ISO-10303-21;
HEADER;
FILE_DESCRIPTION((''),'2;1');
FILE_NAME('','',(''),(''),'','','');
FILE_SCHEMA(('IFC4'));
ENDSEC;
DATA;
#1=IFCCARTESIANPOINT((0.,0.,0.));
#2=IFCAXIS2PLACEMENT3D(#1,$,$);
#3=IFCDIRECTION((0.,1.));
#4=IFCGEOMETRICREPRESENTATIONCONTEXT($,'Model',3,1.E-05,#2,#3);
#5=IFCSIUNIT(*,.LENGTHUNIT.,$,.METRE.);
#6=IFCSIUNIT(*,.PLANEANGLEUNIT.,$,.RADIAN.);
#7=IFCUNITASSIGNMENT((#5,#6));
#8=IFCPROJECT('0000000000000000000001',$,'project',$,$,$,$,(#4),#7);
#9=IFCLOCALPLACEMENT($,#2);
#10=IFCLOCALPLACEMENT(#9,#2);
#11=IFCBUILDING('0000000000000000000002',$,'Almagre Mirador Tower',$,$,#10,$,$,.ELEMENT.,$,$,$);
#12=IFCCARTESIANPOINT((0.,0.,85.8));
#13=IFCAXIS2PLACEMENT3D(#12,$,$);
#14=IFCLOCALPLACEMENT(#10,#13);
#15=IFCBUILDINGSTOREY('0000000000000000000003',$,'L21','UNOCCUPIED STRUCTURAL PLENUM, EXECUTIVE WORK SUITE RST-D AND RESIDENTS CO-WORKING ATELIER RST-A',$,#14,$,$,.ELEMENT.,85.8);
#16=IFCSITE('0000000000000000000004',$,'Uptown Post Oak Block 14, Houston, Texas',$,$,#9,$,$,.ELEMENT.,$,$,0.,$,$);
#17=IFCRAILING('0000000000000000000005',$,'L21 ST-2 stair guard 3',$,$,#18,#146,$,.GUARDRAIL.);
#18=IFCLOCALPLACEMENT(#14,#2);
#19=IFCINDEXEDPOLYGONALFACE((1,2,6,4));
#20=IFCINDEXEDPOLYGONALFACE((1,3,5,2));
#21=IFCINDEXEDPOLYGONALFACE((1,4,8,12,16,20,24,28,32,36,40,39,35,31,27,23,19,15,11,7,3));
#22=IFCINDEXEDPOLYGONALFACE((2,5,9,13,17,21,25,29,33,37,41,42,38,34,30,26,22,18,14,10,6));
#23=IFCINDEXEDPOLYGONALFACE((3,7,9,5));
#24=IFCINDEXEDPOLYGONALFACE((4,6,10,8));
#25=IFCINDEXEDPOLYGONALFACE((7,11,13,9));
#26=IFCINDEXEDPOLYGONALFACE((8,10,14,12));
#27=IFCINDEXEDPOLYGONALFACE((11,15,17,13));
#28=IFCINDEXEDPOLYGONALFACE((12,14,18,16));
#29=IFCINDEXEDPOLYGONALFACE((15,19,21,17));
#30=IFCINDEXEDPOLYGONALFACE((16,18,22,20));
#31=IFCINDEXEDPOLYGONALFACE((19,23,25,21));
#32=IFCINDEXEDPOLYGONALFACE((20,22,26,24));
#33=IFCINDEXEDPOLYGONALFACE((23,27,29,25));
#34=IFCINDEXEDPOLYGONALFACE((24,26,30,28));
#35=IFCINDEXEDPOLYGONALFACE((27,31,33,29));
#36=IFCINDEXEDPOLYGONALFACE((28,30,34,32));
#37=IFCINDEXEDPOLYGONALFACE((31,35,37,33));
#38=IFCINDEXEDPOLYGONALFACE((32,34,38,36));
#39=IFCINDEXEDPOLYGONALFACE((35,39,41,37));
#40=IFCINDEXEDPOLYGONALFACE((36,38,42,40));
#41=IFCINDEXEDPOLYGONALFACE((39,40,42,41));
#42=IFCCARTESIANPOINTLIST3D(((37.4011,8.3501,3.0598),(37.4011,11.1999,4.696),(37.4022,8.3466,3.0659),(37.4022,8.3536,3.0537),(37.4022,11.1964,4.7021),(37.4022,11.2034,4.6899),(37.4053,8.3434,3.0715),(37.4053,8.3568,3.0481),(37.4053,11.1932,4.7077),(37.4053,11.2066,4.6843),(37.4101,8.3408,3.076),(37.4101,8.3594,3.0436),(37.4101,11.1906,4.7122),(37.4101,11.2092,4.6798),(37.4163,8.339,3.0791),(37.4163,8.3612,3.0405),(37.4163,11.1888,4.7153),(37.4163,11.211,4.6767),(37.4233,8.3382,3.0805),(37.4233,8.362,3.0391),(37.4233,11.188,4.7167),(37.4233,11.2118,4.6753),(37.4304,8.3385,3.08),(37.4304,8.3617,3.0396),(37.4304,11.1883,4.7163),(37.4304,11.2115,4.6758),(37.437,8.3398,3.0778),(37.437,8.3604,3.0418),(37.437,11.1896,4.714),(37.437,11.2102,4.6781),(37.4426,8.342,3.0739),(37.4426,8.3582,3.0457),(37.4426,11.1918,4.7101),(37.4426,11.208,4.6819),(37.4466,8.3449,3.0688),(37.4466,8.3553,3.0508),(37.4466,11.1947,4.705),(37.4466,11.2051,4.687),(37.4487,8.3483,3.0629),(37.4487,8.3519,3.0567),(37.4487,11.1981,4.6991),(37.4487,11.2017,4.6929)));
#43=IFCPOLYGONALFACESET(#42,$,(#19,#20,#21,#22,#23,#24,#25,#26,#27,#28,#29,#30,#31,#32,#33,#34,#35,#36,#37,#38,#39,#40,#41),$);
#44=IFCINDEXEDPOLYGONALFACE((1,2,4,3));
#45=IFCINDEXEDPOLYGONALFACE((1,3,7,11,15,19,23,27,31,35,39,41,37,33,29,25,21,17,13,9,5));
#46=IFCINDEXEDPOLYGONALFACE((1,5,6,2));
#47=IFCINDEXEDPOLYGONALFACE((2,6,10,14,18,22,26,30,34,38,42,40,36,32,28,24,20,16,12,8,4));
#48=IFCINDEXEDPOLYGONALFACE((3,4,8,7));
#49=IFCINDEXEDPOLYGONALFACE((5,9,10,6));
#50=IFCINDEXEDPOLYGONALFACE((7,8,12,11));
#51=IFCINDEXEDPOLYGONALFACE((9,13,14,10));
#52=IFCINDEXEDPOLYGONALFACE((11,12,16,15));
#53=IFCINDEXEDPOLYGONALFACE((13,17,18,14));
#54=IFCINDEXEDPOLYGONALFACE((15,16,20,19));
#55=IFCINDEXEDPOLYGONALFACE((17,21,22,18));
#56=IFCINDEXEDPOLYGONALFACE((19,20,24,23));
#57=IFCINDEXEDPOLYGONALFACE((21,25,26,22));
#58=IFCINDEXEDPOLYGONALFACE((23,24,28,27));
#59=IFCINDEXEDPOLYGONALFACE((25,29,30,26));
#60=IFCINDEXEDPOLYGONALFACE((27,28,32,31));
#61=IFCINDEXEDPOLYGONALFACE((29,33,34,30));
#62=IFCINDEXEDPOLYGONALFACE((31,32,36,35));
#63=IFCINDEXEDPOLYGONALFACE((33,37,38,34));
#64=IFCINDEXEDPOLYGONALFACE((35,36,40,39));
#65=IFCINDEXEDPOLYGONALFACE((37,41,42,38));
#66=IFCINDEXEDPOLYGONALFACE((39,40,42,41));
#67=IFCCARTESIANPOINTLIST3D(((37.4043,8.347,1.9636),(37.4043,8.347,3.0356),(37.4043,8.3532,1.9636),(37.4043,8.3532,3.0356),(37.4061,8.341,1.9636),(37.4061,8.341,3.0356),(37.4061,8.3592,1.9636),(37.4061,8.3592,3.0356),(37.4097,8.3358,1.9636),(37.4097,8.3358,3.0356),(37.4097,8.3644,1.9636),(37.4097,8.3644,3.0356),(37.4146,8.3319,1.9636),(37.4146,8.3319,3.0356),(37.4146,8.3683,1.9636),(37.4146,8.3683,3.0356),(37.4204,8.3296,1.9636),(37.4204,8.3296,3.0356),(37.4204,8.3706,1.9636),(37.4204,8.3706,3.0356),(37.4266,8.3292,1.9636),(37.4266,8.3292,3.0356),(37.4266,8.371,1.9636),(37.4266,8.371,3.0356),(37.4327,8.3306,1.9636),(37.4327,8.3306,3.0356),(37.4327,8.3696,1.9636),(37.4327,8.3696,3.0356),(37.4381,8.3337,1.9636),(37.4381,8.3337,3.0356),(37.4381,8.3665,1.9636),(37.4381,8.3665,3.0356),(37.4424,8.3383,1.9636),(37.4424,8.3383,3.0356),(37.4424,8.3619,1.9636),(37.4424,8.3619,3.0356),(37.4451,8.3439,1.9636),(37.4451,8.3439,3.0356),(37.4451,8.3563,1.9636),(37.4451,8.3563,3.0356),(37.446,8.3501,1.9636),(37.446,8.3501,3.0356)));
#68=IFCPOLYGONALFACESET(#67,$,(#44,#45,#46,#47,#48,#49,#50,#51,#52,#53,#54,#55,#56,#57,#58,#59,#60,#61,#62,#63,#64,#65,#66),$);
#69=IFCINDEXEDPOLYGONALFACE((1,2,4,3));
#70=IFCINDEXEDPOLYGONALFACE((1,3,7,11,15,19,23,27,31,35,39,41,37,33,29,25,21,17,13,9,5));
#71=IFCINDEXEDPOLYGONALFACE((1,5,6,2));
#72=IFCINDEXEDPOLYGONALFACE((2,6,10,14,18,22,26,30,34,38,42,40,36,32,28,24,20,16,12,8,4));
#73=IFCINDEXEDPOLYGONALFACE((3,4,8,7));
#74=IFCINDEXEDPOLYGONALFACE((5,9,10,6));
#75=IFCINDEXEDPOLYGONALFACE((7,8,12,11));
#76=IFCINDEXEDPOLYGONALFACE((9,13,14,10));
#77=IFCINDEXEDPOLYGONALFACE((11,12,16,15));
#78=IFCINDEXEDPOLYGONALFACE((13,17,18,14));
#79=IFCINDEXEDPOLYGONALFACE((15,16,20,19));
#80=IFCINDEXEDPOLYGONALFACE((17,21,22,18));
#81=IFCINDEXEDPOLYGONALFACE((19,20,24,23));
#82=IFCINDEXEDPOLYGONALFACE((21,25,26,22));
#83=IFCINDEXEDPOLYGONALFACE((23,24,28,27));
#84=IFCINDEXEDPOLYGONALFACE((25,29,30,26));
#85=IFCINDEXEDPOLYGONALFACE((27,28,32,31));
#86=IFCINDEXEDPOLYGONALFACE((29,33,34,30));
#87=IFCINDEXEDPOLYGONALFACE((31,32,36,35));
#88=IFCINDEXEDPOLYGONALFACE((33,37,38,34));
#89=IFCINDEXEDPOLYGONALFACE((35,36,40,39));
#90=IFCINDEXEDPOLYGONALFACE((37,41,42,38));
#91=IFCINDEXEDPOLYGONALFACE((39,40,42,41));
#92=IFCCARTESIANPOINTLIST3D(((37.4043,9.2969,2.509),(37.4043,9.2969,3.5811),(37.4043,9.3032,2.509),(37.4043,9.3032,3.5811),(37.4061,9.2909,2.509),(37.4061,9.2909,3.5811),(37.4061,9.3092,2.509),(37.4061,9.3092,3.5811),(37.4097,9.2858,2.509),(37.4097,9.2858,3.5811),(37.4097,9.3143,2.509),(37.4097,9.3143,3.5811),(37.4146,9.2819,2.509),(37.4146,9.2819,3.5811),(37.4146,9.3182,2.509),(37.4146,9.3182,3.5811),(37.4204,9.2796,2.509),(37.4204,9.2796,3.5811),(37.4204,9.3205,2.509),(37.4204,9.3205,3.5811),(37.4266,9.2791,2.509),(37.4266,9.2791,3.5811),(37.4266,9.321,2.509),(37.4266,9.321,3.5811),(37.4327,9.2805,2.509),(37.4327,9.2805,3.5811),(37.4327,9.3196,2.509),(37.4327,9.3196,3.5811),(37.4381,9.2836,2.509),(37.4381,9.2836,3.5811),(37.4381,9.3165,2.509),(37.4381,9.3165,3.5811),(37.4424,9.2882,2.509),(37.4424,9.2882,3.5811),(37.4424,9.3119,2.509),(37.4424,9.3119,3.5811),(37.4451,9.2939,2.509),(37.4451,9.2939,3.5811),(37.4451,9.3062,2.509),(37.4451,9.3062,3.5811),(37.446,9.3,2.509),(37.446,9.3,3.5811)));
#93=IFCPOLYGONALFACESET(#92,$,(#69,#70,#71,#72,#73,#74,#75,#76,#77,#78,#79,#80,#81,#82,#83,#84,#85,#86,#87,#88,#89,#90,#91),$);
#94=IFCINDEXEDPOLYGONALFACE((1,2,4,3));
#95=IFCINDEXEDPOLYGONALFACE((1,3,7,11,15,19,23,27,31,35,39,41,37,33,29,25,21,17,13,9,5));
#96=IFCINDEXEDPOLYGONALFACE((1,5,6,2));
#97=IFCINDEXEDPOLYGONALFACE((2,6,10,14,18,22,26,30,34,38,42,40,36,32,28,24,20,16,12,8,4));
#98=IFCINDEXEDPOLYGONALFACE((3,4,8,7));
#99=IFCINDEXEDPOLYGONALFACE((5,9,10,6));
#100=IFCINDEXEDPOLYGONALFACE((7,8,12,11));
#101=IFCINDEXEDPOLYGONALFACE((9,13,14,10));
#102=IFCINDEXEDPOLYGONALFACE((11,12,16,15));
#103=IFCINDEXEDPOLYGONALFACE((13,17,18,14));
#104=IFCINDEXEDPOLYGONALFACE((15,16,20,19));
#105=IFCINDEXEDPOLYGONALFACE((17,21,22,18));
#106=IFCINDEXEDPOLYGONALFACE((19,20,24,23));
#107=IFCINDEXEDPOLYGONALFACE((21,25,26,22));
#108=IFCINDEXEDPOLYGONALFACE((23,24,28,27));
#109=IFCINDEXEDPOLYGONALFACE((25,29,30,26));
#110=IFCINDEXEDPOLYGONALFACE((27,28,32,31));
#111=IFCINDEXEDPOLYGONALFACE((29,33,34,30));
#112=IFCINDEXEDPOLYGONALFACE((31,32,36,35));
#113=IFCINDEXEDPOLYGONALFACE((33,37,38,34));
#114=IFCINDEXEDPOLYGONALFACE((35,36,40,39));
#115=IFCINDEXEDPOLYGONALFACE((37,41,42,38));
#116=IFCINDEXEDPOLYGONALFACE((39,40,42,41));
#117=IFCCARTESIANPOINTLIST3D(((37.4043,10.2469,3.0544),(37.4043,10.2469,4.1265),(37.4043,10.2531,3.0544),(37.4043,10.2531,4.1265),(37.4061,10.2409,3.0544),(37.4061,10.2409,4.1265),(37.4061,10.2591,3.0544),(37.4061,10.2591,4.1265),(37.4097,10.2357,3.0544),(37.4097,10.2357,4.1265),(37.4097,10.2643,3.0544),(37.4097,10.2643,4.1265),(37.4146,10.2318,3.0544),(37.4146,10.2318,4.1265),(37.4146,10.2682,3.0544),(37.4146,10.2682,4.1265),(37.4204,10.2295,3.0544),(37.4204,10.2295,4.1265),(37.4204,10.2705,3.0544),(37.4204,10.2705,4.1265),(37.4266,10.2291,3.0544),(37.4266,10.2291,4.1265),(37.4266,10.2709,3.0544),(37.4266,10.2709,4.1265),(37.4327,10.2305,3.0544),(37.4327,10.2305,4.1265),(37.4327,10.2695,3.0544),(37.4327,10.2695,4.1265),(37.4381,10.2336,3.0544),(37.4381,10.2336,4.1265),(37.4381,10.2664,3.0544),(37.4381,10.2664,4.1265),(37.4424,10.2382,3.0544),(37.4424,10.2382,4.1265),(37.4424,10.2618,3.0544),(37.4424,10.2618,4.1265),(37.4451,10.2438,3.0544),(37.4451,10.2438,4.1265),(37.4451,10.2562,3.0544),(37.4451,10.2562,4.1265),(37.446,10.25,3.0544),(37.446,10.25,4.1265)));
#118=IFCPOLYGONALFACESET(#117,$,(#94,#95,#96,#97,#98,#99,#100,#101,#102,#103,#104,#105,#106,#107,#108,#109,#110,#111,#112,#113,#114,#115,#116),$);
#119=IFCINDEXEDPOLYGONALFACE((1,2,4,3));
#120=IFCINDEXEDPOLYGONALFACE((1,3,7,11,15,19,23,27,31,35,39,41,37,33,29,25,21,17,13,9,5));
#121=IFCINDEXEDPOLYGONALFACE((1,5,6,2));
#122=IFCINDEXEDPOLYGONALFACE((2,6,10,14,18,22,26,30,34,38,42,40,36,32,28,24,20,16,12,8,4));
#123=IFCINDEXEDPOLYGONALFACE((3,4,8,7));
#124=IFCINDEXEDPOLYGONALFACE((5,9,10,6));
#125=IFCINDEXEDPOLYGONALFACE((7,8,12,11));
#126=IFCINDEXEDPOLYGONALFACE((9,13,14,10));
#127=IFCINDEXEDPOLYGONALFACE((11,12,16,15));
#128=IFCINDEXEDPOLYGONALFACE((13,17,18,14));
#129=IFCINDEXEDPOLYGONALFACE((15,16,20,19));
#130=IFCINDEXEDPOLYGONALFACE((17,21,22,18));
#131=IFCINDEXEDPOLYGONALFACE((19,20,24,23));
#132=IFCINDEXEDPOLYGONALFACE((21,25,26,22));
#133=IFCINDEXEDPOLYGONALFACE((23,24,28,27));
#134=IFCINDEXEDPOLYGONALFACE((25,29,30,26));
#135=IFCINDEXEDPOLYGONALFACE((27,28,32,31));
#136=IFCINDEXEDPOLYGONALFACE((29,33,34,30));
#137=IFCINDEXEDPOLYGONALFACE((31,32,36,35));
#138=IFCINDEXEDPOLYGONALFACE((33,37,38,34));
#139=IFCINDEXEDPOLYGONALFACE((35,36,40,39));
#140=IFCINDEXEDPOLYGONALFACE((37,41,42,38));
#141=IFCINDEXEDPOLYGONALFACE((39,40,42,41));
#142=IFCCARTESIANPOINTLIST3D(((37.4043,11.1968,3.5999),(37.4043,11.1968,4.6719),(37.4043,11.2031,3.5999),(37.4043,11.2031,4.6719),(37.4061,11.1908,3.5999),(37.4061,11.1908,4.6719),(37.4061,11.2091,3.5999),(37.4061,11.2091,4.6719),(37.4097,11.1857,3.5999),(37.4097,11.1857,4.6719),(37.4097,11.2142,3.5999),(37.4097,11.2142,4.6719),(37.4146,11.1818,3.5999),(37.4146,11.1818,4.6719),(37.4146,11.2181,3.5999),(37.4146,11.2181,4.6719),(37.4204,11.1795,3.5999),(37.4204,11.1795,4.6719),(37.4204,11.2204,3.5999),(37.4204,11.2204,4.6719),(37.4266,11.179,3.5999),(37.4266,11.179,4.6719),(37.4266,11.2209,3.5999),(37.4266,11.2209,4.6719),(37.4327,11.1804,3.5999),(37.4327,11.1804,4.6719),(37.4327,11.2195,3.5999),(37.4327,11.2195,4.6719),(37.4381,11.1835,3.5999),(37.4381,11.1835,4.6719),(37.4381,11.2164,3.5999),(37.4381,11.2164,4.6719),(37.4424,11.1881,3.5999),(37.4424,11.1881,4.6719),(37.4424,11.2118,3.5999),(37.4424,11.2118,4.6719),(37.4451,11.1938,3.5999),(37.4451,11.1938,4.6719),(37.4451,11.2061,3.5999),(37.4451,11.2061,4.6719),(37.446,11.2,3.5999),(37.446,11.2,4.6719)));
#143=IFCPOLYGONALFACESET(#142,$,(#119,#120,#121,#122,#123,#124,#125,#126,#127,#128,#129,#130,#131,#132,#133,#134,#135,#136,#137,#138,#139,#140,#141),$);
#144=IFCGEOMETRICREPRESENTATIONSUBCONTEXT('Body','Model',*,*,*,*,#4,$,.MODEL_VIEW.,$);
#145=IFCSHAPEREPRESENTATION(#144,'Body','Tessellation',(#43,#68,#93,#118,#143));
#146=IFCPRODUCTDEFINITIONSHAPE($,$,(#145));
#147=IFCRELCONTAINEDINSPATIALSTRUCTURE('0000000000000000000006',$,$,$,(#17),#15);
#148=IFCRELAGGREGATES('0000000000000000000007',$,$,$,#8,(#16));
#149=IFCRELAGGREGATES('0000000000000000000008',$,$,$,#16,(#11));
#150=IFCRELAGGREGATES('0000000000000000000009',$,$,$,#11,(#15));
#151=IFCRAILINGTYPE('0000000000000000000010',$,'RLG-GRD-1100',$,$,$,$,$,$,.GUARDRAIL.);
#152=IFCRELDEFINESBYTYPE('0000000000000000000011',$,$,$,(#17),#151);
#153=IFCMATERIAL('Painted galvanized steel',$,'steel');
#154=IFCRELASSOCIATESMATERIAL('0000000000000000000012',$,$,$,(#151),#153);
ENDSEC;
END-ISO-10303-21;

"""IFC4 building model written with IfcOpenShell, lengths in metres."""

from ifc_helpers import new_model, si_unit, direction, frame, origin, origin_2d, place, context, subcontext, project, spatial, circle, extrude, material, type_object, element, save


model = new_model("IFC4")

# Units and contexts
model_context = context("Model", 3, precision=1e-05, world=origin(), true_north=direction((0.0, 1.0)))
body_context = subcontext(model_context, "Body", "Model", "MODEL_VIEW")
ifc_project = project(units=[si_unit("LENGTHUNIT", "METRE"), si_unit("PLANEANGLEUNIT", "RADIAN")], contexts=[model_context])

# Site, building, storey
site_placement = place(None, origin())
site = spatial("IfcSite", under=ifc_project, at=site_placement, Name="Uptown Post Oak Block 14, Houston, Texas", CompositionType="ELEMENT", RefElevation=0.0)
building_placement = place(site_placement, origin())
building = spatial("IfcBuilding", under=site, at=building_placement, Name="Almagre Mirador Tower", CompositionType="ELEMENT")
storey_placement = place(building_placement, frame((0.0, 0.0, 85.8)))
storey = spatial("IfcBuildingStorey", under=building, at=storey_placement, Name="L21", Description="UNOCCUPIED STRUCTURAL PLENUM, EXECUTIVE WORK SUITE RST-D AND RESIDENTS CO-WORKING ATELIER RST-A", CompositionType="ELEMENT", Elevation=85.8)

# Railing
ifc_material_1 = material(Name="Painted galvanized steel", Category="steel")
railing_type_1 = type_object("IfcRailingType", Name="RLG-GRD-1100", PredefinedType="GUARDRAIL", material=ifc_material_1)
railing_1_placement = place(storey_placement, frame((37.425, 8.3501, 1.9636)))
element("IfcRailing", 1, at=railing_1_placement, inside=storey, type_object=railing_type_1, Name="L21 ST-2 stair guard 3", PredefinedType="GUARDRAIL", context=body_context, shape_type="SweptSolid", body=[
    extrude(circle(Radius=0.0239, at=origin_2d()), frame((0.0, 0.0, 1.0962), z_axis=(0.0, 0.867226, 0.497914), x_axis=(-1.0, 0.0, 0.0)), (0.0, 0.0, 1.0), 3.2861),
    extrude(circle(Radius=0.021, at=origin_2d()), origin(), (0.0, 0.0, 1.0), 1.072),
    extrude(circle(Radius=0.021, at=origin_2d()), frame((0.0, 0.95, 0.5454)), (0.0, 0.0, 1.0), 1.072),
    extrude(circle(Radius=0.021, at=origin_2d()), frame((0.0, 1.8999, 1.0908)), (0.0, 0.0, 1.0), 1.072),
    extrude(circle(Radius=0.021, at=origin_2d()), frame((0.0, 2.8499, 1.6362)), (0.0, 0.0, 1.0), 1.072),
])

save(model, "model.ifc")
